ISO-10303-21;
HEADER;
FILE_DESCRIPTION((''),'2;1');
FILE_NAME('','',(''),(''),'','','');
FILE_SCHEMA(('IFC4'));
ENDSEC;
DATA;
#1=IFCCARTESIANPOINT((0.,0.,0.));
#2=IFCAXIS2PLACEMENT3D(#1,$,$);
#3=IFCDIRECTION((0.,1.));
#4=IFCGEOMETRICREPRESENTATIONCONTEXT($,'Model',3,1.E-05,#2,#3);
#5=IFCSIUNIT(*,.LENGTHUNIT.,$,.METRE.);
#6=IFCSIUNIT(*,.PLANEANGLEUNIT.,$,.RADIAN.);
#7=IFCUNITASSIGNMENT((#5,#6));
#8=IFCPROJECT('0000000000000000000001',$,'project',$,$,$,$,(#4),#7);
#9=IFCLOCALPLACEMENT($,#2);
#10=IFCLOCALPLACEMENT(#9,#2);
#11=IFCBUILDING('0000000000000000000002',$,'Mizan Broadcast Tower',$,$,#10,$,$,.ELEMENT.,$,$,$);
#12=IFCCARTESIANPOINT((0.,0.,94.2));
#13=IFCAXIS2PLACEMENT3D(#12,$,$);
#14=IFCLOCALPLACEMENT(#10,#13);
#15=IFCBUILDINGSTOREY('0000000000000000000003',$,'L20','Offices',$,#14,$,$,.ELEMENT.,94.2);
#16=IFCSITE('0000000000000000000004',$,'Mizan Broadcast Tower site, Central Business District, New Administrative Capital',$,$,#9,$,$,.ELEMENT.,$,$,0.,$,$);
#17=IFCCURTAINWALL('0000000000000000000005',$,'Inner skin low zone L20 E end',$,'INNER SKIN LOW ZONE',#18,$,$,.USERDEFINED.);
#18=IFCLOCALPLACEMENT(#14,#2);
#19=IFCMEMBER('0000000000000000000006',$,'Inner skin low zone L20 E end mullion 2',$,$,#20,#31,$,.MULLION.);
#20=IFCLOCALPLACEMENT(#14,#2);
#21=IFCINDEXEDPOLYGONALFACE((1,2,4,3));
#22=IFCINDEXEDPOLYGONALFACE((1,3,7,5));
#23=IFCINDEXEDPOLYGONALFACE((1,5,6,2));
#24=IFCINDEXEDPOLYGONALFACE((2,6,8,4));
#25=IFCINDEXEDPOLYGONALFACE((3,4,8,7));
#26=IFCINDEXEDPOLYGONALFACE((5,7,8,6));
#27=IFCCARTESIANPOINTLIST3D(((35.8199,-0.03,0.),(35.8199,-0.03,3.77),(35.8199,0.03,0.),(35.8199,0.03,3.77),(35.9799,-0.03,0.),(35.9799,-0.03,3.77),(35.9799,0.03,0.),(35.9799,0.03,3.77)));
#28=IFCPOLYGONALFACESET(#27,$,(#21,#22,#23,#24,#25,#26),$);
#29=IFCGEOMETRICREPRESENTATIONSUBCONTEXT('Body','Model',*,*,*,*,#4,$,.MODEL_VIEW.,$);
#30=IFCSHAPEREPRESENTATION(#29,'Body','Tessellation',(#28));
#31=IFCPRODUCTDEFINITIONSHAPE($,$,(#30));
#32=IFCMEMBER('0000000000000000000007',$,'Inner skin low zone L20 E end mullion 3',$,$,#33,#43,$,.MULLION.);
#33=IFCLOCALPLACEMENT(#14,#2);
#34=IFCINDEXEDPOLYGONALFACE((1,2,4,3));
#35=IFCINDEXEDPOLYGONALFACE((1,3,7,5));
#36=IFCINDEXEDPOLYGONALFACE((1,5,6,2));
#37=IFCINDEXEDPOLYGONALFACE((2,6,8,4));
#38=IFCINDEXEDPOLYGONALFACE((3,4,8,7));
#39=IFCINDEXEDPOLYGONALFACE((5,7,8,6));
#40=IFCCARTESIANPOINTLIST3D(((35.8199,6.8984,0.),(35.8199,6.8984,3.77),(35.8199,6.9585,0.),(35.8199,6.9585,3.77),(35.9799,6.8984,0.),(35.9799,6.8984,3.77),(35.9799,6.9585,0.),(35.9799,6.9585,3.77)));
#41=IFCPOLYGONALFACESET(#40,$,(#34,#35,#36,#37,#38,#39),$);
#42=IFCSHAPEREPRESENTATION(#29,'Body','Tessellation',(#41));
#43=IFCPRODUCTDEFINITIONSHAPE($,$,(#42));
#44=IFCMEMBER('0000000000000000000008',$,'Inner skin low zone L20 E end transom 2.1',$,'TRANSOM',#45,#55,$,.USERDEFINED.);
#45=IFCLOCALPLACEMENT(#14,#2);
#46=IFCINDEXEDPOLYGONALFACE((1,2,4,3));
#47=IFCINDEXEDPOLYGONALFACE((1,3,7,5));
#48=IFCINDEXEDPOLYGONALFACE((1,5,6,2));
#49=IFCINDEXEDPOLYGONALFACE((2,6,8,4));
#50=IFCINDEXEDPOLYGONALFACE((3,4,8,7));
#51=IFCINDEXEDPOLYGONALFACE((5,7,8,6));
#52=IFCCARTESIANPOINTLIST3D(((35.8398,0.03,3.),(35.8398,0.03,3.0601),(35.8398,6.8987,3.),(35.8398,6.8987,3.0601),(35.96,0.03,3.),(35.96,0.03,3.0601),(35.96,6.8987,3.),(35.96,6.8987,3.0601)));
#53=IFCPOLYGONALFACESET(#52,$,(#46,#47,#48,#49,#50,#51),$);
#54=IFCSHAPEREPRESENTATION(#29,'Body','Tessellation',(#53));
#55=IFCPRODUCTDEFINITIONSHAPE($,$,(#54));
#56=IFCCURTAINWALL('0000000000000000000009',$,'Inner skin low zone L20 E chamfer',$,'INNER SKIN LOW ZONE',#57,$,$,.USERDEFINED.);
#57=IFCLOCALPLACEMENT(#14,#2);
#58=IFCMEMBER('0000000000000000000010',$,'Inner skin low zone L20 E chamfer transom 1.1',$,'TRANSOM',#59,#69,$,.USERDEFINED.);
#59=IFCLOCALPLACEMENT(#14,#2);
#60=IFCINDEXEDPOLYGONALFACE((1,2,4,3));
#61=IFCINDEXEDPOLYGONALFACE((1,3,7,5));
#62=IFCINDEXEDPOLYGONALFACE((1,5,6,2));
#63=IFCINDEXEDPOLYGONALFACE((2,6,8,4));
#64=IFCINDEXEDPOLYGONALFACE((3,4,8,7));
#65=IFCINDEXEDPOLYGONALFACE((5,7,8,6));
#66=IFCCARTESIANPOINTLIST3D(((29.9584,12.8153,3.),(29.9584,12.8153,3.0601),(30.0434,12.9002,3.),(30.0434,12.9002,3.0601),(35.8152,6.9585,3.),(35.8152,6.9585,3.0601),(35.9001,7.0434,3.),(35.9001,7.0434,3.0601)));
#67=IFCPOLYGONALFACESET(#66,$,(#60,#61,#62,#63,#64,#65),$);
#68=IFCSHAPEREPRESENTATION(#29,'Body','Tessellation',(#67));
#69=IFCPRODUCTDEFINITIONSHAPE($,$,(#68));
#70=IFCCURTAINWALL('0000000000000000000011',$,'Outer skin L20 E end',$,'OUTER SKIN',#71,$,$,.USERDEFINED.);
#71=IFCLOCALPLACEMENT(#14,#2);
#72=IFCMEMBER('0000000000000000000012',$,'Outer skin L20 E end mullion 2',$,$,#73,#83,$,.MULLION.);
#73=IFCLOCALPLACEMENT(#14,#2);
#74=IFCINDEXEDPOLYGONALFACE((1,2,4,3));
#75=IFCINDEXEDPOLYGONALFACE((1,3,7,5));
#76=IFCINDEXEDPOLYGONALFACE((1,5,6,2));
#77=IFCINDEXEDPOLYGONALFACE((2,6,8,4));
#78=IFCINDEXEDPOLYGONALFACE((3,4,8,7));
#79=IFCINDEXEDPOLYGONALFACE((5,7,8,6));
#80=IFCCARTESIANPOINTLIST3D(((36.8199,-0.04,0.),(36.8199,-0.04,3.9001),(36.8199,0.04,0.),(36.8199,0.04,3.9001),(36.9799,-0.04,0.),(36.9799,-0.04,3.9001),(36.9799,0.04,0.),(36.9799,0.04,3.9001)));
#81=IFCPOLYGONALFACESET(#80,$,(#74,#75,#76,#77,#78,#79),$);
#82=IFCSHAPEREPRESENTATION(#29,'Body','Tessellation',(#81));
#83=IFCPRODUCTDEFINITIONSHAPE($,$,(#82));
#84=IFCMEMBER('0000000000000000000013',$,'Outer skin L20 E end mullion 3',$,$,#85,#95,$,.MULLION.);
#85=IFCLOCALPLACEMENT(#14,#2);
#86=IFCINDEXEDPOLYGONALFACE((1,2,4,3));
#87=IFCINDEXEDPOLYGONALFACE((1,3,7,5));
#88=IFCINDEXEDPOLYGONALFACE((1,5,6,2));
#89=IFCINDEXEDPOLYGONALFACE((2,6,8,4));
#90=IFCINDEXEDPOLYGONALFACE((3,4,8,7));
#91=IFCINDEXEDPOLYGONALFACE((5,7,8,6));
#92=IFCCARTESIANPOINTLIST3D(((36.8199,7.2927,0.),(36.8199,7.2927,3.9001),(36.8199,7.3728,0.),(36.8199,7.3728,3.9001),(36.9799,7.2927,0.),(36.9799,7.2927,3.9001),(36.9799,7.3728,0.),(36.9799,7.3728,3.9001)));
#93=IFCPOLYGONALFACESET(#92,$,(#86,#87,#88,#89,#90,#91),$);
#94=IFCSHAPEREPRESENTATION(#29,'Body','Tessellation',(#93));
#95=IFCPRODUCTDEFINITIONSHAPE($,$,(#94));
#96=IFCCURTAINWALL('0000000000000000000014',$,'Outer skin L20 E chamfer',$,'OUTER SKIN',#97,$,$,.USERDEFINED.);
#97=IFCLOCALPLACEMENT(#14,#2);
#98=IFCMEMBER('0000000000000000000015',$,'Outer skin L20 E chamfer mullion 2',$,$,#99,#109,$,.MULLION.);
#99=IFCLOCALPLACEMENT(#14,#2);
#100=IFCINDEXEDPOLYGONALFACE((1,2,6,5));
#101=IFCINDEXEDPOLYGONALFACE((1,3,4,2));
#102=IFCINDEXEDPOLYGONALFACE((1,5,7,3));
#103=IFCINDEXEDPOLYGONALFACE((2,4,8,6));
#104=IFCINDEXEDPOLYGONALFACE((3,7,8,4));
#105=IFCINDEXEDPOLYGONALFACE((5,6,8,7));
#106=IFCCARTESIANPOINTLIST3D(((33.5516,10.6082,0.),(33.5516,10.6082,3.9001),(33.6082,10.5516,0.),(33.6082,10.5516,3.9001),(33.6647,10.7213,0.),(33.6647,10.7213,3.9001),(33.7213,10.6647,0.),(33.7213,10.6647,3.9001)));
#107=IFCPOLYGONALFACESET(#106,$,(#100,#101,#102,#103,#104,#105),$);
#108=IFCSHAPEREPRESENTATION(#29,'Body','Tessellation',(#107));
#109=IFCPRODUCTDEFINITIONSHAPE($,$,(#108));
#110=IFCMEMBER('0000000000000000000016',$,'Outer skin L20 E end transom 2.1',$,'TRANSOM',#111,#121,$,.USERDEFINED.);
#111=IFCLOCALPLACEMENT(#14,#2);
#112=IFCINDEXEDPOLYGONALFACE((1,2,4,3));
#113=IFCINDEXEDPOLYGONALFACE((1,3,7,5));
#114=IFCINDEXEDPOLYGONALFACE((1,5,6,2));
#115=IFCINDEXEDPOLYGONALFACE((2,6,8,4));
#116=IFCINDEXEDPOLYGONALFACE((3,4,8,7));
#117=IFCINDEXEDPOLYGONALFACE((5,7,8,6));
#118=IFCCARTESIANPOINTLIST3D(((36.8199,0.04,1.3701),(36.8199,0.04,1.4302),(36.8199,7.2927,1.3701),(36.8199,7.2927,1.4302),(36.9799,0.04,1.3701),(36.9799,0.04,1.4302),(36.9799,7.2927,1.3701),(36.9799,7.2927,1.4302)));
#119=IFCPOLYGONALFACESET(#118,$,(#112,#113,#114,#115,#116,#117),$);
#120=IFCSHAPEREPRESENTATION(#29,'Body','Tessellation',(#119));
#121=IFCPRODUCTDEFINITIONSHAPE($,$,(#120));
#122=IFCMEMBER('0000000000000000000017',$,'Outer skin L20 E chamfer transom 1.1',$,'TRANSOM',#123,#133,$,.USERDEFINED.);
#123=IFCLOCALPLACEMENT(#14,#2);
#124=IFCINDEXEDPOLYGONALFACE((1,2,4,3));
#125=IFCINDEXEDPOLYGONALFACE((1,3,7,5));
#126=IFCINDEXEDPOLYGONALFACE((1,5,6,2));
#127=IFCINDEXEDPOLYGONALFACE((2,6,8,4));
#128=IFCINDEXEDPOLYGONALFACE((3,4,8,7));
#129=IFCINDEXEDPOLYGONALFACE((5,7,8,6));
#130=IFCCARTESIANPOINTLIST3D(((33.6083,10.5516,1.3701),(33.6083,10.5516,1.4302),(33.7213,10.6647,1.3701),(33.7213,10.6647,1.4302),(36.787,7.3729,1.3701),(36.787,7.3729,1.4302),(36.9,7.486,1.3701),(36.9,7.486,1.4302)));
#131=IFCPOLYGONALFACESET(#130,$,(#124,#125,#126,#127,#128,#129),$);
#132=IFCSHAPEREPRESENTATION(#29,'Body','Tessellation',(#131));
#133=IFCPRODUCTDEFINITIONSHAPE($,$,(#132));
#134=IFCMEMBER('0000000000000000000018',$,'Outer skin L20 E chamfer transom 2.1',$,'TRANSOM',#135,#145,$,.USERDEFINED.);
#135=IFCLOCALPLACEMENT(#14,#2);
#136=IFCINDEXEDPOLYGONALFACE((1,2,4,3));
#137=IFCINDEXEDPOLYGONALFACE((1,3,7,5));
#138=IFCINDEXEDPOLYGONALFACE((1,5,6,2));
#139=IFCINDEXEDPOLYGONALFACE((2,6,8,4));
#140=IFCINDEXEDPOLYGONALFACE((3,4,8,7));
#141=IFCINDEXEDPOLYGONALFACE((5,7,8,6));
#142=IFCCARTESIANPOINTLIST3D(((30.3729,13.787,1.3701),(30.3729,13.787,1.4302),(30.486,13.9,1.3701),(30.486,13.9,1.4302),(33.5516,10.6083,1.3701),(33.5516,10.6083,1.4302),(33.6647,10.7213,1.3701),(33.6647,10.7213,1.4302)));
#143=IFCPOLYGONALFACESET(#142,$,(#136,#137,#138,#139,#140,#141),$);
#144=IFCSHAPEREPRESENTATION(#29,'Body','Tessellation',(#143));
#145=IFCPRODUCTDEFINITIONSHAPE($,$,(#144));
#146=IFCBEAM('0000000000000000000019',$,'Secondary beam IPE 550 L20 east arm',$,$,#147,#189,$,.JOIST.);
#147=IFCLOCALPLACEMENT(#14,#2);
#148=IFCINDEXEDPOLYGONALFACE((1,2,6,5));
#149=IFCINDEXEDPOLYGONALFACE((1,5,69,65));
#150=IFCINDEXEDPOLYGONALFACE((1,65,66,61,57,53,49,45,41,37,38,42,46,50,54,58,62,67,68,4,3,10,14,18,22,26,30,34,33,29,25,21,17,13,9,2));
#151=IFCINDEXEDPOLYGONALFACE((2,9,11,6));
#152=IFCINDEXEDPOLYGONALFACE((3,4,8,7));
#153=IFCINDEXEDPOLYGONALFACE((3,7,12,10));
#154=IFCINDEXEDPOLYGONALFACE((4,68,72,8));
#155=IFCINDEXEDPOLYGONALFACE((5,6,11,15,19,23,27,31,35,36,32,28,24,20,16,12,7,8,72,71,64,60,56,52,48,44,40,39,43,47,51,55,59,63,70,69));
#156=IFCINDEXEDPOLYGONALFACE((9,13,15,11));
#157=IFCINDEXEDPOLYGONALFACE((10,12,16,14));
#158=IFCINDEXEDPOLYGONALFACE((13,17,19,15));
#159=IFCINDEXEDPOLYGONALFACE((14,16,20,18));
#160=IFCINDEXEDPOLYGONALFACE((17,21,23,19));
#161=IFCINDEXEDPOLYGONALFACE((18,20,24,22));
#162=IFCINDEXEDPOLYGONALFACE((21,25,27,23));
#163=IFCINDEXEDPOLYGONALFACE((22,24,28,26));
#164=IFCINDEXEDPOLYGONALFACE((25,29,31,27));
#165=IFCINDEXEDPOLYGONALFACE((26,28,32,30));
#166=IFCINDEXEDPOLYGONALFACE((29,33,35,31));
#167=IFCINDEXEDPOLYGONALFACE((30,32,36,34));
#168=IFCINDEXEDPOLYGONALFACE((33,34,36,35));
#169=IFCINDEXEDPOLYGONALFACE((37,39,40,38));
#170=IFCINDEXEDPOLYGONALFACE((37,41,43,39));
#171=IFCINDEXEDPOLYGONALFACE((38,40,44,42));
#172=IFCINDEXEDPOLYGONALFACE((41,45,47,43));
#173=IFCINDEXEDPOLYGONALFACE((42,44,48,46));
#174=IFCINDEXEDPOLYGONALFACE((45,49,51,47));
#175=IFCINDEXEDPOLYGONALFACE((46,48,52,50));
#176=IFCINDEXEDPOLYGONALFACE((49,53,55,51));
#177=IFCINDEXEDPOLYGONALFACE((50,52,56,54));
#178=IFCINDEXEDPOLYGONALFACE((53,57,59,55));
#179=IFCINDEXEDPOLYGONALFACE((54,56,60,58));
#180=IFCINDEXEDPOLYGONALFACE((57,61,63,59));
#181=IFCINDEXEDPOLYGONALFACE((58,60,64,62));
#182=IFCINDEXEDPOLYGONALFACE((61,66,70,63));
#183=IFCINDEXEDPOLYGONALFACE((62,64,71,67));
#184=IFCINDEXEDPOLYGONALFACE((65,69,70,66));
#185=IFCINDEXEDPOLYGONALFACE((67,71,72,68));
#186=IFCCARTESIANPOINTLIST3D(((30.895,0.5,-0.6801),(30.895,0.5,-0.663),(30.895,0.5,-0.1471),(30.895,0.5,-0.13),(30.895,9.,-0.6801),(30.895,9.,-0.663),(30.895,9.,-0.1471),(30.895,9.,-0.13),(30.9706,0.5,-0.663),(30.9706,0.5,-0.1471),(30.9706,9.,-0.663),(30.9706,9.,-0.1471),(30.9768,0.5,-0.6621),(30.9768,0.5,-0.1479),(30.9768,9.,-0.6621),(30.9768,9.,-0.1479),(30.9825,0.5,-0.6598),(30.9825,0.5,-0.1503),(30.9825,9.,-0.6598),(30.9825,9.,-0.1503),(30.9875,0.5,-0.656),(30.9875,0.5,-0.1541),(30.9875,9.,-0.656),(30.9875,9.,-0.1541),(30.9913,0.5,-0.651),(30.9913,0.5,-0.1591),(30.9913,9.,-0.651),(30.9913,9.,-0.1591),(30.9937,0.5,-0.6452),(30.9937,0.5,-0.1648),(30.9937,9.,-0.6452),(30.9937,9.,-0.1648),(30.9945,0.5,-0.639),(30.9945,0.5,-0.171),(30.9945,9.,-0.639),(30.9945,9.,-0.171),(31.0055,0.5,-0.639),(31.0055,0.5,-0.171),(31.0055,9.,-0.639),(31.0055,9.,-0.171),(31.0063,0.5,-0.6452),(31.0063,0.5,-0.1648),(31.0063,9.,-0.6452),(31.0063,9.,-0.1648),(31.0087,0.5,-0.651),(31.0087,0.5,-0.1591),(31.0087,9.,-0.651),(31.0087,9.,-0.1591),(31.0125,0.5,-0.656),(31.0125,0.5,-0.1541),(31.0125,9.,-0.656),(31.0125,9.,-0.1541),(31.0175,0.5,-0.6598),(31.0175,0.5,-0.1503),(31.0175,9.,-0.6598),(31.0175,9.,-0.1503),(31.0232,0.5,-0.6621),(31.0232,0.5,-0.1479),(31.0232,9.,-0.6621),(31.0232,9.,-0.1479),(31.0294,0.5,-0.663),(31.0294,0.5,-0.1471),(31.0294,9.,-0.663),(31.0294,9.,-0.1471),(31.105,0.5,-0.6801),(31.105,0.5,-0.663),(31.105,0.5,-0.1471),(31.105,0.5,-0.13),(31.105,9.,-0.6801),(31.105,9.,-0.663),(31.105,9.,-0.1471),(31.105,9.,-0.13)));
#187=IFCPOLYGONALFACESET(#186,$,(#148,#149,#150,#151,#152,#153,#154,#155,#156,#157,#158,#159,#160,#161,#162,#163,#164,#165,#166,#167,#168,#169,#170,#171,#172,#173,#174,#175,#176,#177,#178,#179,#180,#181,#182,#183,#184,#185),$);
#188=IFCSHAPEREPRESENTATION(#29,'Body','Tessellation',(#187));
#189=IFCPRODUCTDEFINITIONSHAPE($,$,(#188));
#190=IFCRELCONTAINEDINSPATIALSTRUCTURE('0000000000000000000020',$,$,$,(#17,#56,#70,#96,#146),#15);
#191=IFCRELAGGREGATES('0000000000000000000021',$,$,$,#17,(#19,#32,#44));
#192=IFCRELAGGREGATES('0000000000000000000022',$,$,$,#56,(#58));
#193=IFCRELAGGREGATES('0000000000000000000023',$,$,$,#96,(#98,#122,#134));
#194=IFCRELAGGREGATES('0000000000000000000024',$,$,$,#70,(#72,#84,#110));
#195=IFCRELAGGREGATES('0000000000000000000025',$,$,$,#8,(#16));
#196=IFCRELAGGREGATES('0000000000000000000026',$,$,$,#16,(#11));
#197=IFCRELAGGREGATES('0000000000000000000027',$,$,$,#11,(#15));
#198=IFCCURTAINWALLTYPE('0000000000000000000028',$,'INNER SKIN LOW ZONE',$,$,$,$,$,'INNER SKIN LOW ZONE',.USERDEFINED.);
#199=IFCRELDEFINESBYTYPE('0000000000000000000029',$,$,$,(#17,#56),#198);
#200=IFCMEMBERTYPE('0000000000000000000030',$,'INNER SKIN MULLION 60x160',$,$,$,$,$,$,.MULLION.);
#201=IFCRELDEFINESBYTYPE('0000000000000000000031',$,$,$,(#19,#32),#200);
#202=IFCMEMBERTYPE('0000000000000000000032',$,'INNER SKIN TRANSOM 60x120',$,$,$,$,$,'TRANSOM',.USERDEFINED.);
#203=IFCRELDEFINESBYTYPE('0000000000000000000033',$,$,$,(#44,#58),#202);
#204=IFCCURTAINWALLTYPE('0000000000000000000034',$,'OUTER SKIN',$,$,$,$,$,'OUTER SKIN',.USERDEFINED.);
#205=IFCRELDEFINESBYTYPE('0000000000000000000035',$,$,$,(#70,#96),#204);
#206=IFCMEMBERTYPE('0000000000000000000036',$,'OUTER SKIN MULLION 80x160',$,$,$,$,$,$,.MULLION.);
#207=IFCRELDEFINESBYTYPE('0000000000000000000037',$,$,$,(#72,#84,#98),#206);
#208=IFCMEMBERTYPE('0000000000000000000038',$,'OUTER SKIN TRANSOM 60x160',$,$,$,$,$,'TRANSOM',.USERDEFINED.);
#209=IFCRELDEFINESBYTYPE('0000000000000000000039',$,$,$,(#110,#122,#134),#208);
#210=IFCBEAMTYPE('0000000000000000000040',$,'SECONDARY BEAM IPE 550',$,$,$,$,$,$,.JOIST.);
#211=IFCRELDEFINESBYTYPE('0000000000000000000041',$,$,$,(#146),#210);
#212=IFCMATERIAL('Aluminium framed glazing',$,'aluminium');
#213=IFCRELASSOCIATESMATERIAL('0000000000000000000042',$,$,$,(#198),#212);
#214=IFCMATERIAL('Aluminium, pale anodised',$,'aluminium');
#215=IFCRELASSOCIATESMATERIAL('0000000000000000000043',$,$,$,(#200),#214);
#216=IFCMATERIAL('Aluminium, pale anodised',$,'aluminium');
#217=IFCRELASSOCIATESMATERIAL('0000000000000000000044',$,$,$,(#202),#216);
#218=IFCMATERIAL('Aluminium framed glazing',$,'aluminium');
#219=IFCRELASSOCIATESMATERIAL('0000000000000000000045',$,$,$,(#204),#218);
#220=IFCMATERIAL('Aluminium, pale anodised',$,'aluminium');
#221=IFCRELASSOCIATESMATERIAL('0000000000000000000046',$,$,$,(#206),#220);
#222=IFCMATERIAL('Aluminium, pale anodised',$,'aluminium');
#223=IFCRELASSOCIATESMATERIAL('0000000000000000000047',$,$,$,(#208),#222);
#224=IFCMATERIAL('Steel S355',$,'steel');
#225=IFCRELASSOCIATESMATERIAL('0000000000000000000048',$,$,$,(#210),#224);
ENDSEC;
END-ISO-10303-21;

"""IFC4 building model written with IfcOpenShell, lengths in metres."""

from ifc_helpers import new_model, si_unit, direction, frame, origin, origin_2d, place, context, subcontext, project, spatial, rectangle, i_section, extrude, material, material_profile, profile_set, type_object, element, aggregate, save


model = new_model("IFC4")

# Units and contexts
model_context = context("Model", 3, precision=1e-05, world=origin(), true_north=direction((0.0, 1.0)))
body_context = subcontext(model_context, "Body", "Model", "MODEL_VIEW")
ifc_project = project(units=[si_unit("LENGTHUNIT", "METRE"), si_unit("PLANEANGLEUNIT", "RADIAN")], contexts=[model_context])

# Site, building, storey
site_placement = place(None, origin())
site = spatial("IfcSite", under=ifc_project, at=site_placement, Name="Mizan Broadcast Tower site, Central Business District, New Administrative Capital", CompositionType="ELEMENT", RefElevation=0.0)
building_placement = place(site_placement, origin())
building = spatial("IfcBuilding", under=site, at=building_placement, Name="Mizan Broadcast Tower", CompositionType="ELEMENT")
storey_placement = place(building_placement, frame((0.0, 0.0, 94.2)))
storey = spatial("IfcBuildingStorey", under=building, at=storey_placement, Name="L20", Description="Offices", CompositionType="ELEMENT", Elevation=94.2)

# Curtain wall, members
ifc_material_1 = material(Name="Aluminium framed glazing", Category="aluminium")
curtain_wall_type_1 = type_object("IfcCurtainWallType", Name="INNER SKIN LOW ZONE", ElementType="INNER SKIN LOW ZONE", PredefinedType="USERDEFINED", material=ifc_material_1)
curtain_wall_1_placement = place(storey_placement, origin())
curtain_wall_1 = element("IfcCurtainWall", 1, at=curtain_wall_1_placement, inside=storey, type_object=curtain_wall_type_1, Name="Inner skin low zone L20 E end", ObjectType="INNER SKIN LOW ZONE", PredefinedType="USERDEFINED")
ifc_material_2 = material(Name="Aluminium, pale anodised", Category="aluminium")
ifc_material_profile_1 = material_profile(ifc_material_2, rectangle(XDim=0.1599, YDim=0.0601, at=origin_2d()), Name="MULLION 160x60")
ifc_profile_set_1 = profile_set([ifc_material_profile_1], Name="Aluminium, pale anodised")
member_type_1 = type_object("IfcMemberType", Name="INNER SKIN MULLION 60x160", PredefinedType="MULLION", material=ifc_profile_set_1)
member_1_placement = place(storey_placement, frame((35.8999, 0.0, 0.0), z_axis=(0.0, 0.0, 1.0), x_axis=(-1.0, 0.0, 0.0)))
member_1 = element("IfcMember", 2, at=member_1_placement, type_object=member_type_1, Name="Inner skin low zone L20 E end mullion 2", PredefinedType="MULLION", context=body_context, shape_type="SweptSolid", body=[
    extrude(rectangle(XDim=0.1599, YDim=0.0601, at=origin_2d()), origin(), (0.0, 0.0, 1.0), 3.77),
])
member_2_placement = place(storey_placement, frame((35.8999, 6.9285, 0.0), z_axis=(0.0, 0.0, 1.0), x_axis=(-1.0, 0.0, 0.0)))
member_2 = element("IfcMember", 3, at=member_2_placement, type_object=member_type_1, Name="Inner skin low zone L20 E end mullion 3", PredefinedType="MULLION", context=body_context, shape_type="SweptSolid", body=[
    extrude(rectangle(XDim=0.1599, YDim=0.0601, at=origin_2d()), origin(), (0.0, 0.0, 1.0), 3.77),
])
ifc_material_3 = material(Name="Aluminium, pale anodised", Category="aluminium")
ifc_material_profile_2 = material_profile(ifc_material_3, rectangle(XDim=0.1201, YDim=0.0601, at=origin_2d()), Name="TRANSOM 120x60")
ifc_profile_set_2 = profile_set([ifc_material_profile_2], Name="Aluminium, pale anodised")
member_type_2 = type_object("IfcMemberType", Name="INNER SKIN TRANSOM 60x120", ElementType="TRANSOM", PredefinedType="USERDEFINED", material=ifc_profile_set_2)
member_3_placement = place(storey_placement, frame((35.8999, 0.03, 3.03), z_axis=(0.0, 1.0, 0.0), x_axis=(-1.0, 0.0, 0.0)))
member_3 = element("IfcMember", 4, at=member_3_placement, type_object=member_type_2, Name="Inner skin low zone L20 E end transom 2.1", ObjectType="TRANSOM", PredefinedType="USERDEFINED", context=body_context, shape_type="SweptSolid", body=[
    extrude(rectangle(XDim=0.1201, YDim=0.0601, at=origin_2d()), origin(), (0.0, 0.0, 1.0), 6.8687),
])

# Curtain wall, member
curtain_wall_2_placement = place(storey_placement, origin())
curtain_wall_2 = element("IfcCurtainWall", 5, at=curtain_wall_2_placement, inside=storey, type_object=curtain_wall_type_1, Name="Inner skin low zone L20 E chamfer", ObjectType="INNER SKIN LOW ZONE", PredefinedType="USERDEFINED")
member_4_placement = place(storey_placement, frame((35.8577, 7.001, 3.03), z_axis=(-0.707107, 0.707107, 0.0), x_axis=(-0.707107, -0.707107, 0.0)))
member_4 = element("IfcMember", 6, at=member_4_placement, type_object=member_type_2, Name="Inner skin low zone L20 E chamfer transom 1.1", ObjectType="TRANSOM", PredefinedType="USERDEFINED", context=body_context, shape_type="SweptSolid", body=[
    extrude(rectangle(XDim=0.1201, YDim=0.0601, at=origin_2d()), origin(), (0.0, 0.0, 1.0), 8.2827),
])

# Curtain wall, members
ifc_material_4 = material(Name="Aluminium framed glazing", Category="aluminium")
curtain_wall_type_2 = type_object("IfcCurtainWallType", Name="OUTER SKIN", ElementType="OUTER SKIN", PredefinedType="USERDEFINED", material=ifc_material_4)
curtain_wall_3_placement = place(storey_placement, origin())
curtain_wall_3 = element("IfcCurtainWall", 7, at=curtain_wall_3_placement, inside=storey, type_object=curtain_wall_type_2, Name="Outer skin L20 E end", ObjectType="OUTER SKIN", PredefinedType="USERDEFINED")
ifc_material_5 = material(Name="Aluminium, pale anodised", Category="aluminium")
ifc_material_profile_3 = material_profile(ifc_material_5, rectangle(XDim=0.1599, YDim=0.0801, at=origin_2d()), Name="MULLION 160x80")
ifc_profile_set_3 = profile_set([ifc_material_profile_3], Name="Aluminium, pale anodised")
member_type_3 = type_object("IfcMemberType", Name="OUTER SKIN MULLION 80x160", PredefinedType="MULLION", material=ifc_profile_set_3)
member_5_placement = place(storey_placement, frame((36.8999, 0.0, 0.0), z_axis=(0.0, 0.0, 1.0), x_axis=(-1.0, 0.0, 0.0)))
member_5 = element("IfcMember", 8, at=member_5_placement, type_object=member_type_3, Name="Outer skin L20 E end mullion 2", PredefinedType="MULLION", context=body_context, shape_type="SweptSolid", body=[
    extrude(rectangle(XDim=0.1599, YDim=0.0801, at=origin_2d()), origin(), (0.0, 0.0, 1.0), 3.9001),
])
member_6_placement = place(storey_placement, frame((36.8999, 7.3328, 0.0), z_axis=(0.0, 0.0, 1.0), x_axis=(-1.0, 0.0, 0.0)))
member_6 = element("IfcMember", 9, at=member_6_placement, type_object=member_type_3, Name="Outer skin L20 E end mullion 3", PredefinedType="MULLION", context=body_context, shape_type="SweptSolid", body=[
    extrude(rectangle(XDim=0.1599, YDim=0.0801, at=origin_2d()), origin(), (0.0, 0.0, 1.0), 3.9001),
])

# Curtain wall, member
curtain_wall_4_placement = place(storey_placement, origin())
curtain_wall_4 = element("IfcCurtainWall", 10, at=curtain_wall_4_placement, inside=storey, type_object=curtain_wall_type_2, Name="Outer skin L20 E chamfer", ObjectType="OUTER SKIN", PredefinedType="USERDEFINED")
member_7_placement = place(storey_placement, frame((33.6365, 10.6365, 0.0), z_axis=(0.0, 0.0, 1.0), x_axis=(-0.707107, -0.707107, 0.0)))
member_7 = element("IfcMember", 11, at=member_7_placement, type_object=member_type_3, Name="Outer skin L20 E chamfer mullion 2", PredefinedType="MULLION", context=body_context, shape_type="SweptSolid", body=[
    extrude(rectangle(XDim=0.1599, YDim=0.0801, at=origin_2d()), origin(), (0.0, 0.0, 1.0), 3.9001),
])

# Members
ifc_material_6 = material(Name="Aluminium, pale anodised", Category="aluminium")
ifc_material_profile_4 = material_profile(ifc_material_6, rectangle(XDim=0.1599, YDim=0.0601, at=origin_2d()), Name="TRANSOM 160x60")
ifc_profile_set_4 = profile_set([ifc_material_profile_4], Name="Aluminium, pale anodised")
member_type_4 = type_object("IfcMemberType", Name="OUTER SKIN TRANSOM 60x160", ElementType="TRANSOM", PredefinedType="USERDEFINED", material=ifc_profile_set_4)
member_8_placement = place(storey_placement, frame((36.8999, 0.04, 1.4001), z_axis=(0.0, 1.0, 0.0), x_axis=(-1.0, 0.0, 0.0)))
member_8 = element("IfcMember", 12, at=member_8_placement, type_object=member_type_4, Name="Outer skin L20 E end transom 2.1", ObjectType="TRANSOM", PredefinedType="USERDEFINED", context=body_context, shape_type="SweptSolid", body=[
    extrude(rectangle(XDim=0.1599, YDim=0.0601, at=origin_2d()), origin(), (0.0, 0.0, 1.0), 7.2527),
])
member_9_placement = place(storey_placement, frame((36.8435, 7.4294, 1.4001), z_axis=(-0.707107, 0.707107, 0.0), x_axis=(-0.707107, -0.707107, 0.0)))
member_9 = element("IfcMember", 13, at=member_9_placement, type_object=member_type_4, Name="Outer skin L20 E chamfer transom 1.1", ObjectType="TRANSOM", PredefinedType="USERDEFINED", context=body_context, shape_type="SweptSolid", body=[
    extrude(rectangle(XDim=0.1599, YDim=0.0601, at=origin_2d()), origin(), (0.0, 0.0, 1.0), 4.4954),
])
member_10_placement = place(storey_placement, frame((33.6082, 10.6648, 1.4001), z_axis=(-0.707107, 0.707107, 0.0), x_axis=(-0.707107, -0.707107, 0.0)))
member_10 = element("IfcMember", 14, at=member_10_placement, type_object=member_type_4, Name="Outer skin L20 E chamfer transom 2.1", ObjectType="TRANSOM", PredefinedType="USERDEFINED", context=body_context, shape_type="SweptSolid", body=[
    extrude(rectangle(XDim=0.1599, YDim=0.0601, at=origin_2d()), origin(), (0.0, 0.0, 1.0), 4.4954),
])

# Beam
ifc_material_7 = material(Name="Steel S355", Category="steel")
ifc_material_profile_5 = material_profile(ifc_material_7, i_section(OverallWidth=0.21, OverallDepth=0.55, WebThickness=0.011, FlangeThickness=0.0171, FilletRadius=0.0239, at=origin_2d()), Name="IPE 550")
ifc_profile_set_5 = profile_set([ifc_material_profile_5], Name="Steel S355")
beam_type_1 = type_object("IfcBeamType", Name="SECONDARY BEAM IPE 550", PredefinedType="JOIST", material=ifc_profile_set_5)
beam_1_placement = place(storey_placement, frame((31.0, 9.0, -0.405), z_axis=(0.0, -1.0, 0.0), x_axis=(1.0, 0.0, 0.0)))
element("IfcBeam", 15, at=beam_1_placement, inside=storey, type_object=beam_type_1, Name="Secondary beam IPE 550 L20 east arm", PredefinedType="JOIST", context=body_context, shape_type="SweptSolid", body=[
    extrude(i_section(OverallWidth=0.21, OverallDepth=0.55, WebThickness=0.011, FlangeThickness=0.0171, FilletRadius=0.0239, at=origin_2d()), origin(), (0.0, 0.0, 1.0), 8.5),
])

aggregate(curtain_wall_1, [member_1, member_2, member_3])
aggregate(curtain_wall_2, [member_4])
aggregate(curtain_wall_4, [member_7, member_9, member_10])
aggregate(curtain_wall_3, [member_5, member_6, member_8])

save(model, "model.ifc")
